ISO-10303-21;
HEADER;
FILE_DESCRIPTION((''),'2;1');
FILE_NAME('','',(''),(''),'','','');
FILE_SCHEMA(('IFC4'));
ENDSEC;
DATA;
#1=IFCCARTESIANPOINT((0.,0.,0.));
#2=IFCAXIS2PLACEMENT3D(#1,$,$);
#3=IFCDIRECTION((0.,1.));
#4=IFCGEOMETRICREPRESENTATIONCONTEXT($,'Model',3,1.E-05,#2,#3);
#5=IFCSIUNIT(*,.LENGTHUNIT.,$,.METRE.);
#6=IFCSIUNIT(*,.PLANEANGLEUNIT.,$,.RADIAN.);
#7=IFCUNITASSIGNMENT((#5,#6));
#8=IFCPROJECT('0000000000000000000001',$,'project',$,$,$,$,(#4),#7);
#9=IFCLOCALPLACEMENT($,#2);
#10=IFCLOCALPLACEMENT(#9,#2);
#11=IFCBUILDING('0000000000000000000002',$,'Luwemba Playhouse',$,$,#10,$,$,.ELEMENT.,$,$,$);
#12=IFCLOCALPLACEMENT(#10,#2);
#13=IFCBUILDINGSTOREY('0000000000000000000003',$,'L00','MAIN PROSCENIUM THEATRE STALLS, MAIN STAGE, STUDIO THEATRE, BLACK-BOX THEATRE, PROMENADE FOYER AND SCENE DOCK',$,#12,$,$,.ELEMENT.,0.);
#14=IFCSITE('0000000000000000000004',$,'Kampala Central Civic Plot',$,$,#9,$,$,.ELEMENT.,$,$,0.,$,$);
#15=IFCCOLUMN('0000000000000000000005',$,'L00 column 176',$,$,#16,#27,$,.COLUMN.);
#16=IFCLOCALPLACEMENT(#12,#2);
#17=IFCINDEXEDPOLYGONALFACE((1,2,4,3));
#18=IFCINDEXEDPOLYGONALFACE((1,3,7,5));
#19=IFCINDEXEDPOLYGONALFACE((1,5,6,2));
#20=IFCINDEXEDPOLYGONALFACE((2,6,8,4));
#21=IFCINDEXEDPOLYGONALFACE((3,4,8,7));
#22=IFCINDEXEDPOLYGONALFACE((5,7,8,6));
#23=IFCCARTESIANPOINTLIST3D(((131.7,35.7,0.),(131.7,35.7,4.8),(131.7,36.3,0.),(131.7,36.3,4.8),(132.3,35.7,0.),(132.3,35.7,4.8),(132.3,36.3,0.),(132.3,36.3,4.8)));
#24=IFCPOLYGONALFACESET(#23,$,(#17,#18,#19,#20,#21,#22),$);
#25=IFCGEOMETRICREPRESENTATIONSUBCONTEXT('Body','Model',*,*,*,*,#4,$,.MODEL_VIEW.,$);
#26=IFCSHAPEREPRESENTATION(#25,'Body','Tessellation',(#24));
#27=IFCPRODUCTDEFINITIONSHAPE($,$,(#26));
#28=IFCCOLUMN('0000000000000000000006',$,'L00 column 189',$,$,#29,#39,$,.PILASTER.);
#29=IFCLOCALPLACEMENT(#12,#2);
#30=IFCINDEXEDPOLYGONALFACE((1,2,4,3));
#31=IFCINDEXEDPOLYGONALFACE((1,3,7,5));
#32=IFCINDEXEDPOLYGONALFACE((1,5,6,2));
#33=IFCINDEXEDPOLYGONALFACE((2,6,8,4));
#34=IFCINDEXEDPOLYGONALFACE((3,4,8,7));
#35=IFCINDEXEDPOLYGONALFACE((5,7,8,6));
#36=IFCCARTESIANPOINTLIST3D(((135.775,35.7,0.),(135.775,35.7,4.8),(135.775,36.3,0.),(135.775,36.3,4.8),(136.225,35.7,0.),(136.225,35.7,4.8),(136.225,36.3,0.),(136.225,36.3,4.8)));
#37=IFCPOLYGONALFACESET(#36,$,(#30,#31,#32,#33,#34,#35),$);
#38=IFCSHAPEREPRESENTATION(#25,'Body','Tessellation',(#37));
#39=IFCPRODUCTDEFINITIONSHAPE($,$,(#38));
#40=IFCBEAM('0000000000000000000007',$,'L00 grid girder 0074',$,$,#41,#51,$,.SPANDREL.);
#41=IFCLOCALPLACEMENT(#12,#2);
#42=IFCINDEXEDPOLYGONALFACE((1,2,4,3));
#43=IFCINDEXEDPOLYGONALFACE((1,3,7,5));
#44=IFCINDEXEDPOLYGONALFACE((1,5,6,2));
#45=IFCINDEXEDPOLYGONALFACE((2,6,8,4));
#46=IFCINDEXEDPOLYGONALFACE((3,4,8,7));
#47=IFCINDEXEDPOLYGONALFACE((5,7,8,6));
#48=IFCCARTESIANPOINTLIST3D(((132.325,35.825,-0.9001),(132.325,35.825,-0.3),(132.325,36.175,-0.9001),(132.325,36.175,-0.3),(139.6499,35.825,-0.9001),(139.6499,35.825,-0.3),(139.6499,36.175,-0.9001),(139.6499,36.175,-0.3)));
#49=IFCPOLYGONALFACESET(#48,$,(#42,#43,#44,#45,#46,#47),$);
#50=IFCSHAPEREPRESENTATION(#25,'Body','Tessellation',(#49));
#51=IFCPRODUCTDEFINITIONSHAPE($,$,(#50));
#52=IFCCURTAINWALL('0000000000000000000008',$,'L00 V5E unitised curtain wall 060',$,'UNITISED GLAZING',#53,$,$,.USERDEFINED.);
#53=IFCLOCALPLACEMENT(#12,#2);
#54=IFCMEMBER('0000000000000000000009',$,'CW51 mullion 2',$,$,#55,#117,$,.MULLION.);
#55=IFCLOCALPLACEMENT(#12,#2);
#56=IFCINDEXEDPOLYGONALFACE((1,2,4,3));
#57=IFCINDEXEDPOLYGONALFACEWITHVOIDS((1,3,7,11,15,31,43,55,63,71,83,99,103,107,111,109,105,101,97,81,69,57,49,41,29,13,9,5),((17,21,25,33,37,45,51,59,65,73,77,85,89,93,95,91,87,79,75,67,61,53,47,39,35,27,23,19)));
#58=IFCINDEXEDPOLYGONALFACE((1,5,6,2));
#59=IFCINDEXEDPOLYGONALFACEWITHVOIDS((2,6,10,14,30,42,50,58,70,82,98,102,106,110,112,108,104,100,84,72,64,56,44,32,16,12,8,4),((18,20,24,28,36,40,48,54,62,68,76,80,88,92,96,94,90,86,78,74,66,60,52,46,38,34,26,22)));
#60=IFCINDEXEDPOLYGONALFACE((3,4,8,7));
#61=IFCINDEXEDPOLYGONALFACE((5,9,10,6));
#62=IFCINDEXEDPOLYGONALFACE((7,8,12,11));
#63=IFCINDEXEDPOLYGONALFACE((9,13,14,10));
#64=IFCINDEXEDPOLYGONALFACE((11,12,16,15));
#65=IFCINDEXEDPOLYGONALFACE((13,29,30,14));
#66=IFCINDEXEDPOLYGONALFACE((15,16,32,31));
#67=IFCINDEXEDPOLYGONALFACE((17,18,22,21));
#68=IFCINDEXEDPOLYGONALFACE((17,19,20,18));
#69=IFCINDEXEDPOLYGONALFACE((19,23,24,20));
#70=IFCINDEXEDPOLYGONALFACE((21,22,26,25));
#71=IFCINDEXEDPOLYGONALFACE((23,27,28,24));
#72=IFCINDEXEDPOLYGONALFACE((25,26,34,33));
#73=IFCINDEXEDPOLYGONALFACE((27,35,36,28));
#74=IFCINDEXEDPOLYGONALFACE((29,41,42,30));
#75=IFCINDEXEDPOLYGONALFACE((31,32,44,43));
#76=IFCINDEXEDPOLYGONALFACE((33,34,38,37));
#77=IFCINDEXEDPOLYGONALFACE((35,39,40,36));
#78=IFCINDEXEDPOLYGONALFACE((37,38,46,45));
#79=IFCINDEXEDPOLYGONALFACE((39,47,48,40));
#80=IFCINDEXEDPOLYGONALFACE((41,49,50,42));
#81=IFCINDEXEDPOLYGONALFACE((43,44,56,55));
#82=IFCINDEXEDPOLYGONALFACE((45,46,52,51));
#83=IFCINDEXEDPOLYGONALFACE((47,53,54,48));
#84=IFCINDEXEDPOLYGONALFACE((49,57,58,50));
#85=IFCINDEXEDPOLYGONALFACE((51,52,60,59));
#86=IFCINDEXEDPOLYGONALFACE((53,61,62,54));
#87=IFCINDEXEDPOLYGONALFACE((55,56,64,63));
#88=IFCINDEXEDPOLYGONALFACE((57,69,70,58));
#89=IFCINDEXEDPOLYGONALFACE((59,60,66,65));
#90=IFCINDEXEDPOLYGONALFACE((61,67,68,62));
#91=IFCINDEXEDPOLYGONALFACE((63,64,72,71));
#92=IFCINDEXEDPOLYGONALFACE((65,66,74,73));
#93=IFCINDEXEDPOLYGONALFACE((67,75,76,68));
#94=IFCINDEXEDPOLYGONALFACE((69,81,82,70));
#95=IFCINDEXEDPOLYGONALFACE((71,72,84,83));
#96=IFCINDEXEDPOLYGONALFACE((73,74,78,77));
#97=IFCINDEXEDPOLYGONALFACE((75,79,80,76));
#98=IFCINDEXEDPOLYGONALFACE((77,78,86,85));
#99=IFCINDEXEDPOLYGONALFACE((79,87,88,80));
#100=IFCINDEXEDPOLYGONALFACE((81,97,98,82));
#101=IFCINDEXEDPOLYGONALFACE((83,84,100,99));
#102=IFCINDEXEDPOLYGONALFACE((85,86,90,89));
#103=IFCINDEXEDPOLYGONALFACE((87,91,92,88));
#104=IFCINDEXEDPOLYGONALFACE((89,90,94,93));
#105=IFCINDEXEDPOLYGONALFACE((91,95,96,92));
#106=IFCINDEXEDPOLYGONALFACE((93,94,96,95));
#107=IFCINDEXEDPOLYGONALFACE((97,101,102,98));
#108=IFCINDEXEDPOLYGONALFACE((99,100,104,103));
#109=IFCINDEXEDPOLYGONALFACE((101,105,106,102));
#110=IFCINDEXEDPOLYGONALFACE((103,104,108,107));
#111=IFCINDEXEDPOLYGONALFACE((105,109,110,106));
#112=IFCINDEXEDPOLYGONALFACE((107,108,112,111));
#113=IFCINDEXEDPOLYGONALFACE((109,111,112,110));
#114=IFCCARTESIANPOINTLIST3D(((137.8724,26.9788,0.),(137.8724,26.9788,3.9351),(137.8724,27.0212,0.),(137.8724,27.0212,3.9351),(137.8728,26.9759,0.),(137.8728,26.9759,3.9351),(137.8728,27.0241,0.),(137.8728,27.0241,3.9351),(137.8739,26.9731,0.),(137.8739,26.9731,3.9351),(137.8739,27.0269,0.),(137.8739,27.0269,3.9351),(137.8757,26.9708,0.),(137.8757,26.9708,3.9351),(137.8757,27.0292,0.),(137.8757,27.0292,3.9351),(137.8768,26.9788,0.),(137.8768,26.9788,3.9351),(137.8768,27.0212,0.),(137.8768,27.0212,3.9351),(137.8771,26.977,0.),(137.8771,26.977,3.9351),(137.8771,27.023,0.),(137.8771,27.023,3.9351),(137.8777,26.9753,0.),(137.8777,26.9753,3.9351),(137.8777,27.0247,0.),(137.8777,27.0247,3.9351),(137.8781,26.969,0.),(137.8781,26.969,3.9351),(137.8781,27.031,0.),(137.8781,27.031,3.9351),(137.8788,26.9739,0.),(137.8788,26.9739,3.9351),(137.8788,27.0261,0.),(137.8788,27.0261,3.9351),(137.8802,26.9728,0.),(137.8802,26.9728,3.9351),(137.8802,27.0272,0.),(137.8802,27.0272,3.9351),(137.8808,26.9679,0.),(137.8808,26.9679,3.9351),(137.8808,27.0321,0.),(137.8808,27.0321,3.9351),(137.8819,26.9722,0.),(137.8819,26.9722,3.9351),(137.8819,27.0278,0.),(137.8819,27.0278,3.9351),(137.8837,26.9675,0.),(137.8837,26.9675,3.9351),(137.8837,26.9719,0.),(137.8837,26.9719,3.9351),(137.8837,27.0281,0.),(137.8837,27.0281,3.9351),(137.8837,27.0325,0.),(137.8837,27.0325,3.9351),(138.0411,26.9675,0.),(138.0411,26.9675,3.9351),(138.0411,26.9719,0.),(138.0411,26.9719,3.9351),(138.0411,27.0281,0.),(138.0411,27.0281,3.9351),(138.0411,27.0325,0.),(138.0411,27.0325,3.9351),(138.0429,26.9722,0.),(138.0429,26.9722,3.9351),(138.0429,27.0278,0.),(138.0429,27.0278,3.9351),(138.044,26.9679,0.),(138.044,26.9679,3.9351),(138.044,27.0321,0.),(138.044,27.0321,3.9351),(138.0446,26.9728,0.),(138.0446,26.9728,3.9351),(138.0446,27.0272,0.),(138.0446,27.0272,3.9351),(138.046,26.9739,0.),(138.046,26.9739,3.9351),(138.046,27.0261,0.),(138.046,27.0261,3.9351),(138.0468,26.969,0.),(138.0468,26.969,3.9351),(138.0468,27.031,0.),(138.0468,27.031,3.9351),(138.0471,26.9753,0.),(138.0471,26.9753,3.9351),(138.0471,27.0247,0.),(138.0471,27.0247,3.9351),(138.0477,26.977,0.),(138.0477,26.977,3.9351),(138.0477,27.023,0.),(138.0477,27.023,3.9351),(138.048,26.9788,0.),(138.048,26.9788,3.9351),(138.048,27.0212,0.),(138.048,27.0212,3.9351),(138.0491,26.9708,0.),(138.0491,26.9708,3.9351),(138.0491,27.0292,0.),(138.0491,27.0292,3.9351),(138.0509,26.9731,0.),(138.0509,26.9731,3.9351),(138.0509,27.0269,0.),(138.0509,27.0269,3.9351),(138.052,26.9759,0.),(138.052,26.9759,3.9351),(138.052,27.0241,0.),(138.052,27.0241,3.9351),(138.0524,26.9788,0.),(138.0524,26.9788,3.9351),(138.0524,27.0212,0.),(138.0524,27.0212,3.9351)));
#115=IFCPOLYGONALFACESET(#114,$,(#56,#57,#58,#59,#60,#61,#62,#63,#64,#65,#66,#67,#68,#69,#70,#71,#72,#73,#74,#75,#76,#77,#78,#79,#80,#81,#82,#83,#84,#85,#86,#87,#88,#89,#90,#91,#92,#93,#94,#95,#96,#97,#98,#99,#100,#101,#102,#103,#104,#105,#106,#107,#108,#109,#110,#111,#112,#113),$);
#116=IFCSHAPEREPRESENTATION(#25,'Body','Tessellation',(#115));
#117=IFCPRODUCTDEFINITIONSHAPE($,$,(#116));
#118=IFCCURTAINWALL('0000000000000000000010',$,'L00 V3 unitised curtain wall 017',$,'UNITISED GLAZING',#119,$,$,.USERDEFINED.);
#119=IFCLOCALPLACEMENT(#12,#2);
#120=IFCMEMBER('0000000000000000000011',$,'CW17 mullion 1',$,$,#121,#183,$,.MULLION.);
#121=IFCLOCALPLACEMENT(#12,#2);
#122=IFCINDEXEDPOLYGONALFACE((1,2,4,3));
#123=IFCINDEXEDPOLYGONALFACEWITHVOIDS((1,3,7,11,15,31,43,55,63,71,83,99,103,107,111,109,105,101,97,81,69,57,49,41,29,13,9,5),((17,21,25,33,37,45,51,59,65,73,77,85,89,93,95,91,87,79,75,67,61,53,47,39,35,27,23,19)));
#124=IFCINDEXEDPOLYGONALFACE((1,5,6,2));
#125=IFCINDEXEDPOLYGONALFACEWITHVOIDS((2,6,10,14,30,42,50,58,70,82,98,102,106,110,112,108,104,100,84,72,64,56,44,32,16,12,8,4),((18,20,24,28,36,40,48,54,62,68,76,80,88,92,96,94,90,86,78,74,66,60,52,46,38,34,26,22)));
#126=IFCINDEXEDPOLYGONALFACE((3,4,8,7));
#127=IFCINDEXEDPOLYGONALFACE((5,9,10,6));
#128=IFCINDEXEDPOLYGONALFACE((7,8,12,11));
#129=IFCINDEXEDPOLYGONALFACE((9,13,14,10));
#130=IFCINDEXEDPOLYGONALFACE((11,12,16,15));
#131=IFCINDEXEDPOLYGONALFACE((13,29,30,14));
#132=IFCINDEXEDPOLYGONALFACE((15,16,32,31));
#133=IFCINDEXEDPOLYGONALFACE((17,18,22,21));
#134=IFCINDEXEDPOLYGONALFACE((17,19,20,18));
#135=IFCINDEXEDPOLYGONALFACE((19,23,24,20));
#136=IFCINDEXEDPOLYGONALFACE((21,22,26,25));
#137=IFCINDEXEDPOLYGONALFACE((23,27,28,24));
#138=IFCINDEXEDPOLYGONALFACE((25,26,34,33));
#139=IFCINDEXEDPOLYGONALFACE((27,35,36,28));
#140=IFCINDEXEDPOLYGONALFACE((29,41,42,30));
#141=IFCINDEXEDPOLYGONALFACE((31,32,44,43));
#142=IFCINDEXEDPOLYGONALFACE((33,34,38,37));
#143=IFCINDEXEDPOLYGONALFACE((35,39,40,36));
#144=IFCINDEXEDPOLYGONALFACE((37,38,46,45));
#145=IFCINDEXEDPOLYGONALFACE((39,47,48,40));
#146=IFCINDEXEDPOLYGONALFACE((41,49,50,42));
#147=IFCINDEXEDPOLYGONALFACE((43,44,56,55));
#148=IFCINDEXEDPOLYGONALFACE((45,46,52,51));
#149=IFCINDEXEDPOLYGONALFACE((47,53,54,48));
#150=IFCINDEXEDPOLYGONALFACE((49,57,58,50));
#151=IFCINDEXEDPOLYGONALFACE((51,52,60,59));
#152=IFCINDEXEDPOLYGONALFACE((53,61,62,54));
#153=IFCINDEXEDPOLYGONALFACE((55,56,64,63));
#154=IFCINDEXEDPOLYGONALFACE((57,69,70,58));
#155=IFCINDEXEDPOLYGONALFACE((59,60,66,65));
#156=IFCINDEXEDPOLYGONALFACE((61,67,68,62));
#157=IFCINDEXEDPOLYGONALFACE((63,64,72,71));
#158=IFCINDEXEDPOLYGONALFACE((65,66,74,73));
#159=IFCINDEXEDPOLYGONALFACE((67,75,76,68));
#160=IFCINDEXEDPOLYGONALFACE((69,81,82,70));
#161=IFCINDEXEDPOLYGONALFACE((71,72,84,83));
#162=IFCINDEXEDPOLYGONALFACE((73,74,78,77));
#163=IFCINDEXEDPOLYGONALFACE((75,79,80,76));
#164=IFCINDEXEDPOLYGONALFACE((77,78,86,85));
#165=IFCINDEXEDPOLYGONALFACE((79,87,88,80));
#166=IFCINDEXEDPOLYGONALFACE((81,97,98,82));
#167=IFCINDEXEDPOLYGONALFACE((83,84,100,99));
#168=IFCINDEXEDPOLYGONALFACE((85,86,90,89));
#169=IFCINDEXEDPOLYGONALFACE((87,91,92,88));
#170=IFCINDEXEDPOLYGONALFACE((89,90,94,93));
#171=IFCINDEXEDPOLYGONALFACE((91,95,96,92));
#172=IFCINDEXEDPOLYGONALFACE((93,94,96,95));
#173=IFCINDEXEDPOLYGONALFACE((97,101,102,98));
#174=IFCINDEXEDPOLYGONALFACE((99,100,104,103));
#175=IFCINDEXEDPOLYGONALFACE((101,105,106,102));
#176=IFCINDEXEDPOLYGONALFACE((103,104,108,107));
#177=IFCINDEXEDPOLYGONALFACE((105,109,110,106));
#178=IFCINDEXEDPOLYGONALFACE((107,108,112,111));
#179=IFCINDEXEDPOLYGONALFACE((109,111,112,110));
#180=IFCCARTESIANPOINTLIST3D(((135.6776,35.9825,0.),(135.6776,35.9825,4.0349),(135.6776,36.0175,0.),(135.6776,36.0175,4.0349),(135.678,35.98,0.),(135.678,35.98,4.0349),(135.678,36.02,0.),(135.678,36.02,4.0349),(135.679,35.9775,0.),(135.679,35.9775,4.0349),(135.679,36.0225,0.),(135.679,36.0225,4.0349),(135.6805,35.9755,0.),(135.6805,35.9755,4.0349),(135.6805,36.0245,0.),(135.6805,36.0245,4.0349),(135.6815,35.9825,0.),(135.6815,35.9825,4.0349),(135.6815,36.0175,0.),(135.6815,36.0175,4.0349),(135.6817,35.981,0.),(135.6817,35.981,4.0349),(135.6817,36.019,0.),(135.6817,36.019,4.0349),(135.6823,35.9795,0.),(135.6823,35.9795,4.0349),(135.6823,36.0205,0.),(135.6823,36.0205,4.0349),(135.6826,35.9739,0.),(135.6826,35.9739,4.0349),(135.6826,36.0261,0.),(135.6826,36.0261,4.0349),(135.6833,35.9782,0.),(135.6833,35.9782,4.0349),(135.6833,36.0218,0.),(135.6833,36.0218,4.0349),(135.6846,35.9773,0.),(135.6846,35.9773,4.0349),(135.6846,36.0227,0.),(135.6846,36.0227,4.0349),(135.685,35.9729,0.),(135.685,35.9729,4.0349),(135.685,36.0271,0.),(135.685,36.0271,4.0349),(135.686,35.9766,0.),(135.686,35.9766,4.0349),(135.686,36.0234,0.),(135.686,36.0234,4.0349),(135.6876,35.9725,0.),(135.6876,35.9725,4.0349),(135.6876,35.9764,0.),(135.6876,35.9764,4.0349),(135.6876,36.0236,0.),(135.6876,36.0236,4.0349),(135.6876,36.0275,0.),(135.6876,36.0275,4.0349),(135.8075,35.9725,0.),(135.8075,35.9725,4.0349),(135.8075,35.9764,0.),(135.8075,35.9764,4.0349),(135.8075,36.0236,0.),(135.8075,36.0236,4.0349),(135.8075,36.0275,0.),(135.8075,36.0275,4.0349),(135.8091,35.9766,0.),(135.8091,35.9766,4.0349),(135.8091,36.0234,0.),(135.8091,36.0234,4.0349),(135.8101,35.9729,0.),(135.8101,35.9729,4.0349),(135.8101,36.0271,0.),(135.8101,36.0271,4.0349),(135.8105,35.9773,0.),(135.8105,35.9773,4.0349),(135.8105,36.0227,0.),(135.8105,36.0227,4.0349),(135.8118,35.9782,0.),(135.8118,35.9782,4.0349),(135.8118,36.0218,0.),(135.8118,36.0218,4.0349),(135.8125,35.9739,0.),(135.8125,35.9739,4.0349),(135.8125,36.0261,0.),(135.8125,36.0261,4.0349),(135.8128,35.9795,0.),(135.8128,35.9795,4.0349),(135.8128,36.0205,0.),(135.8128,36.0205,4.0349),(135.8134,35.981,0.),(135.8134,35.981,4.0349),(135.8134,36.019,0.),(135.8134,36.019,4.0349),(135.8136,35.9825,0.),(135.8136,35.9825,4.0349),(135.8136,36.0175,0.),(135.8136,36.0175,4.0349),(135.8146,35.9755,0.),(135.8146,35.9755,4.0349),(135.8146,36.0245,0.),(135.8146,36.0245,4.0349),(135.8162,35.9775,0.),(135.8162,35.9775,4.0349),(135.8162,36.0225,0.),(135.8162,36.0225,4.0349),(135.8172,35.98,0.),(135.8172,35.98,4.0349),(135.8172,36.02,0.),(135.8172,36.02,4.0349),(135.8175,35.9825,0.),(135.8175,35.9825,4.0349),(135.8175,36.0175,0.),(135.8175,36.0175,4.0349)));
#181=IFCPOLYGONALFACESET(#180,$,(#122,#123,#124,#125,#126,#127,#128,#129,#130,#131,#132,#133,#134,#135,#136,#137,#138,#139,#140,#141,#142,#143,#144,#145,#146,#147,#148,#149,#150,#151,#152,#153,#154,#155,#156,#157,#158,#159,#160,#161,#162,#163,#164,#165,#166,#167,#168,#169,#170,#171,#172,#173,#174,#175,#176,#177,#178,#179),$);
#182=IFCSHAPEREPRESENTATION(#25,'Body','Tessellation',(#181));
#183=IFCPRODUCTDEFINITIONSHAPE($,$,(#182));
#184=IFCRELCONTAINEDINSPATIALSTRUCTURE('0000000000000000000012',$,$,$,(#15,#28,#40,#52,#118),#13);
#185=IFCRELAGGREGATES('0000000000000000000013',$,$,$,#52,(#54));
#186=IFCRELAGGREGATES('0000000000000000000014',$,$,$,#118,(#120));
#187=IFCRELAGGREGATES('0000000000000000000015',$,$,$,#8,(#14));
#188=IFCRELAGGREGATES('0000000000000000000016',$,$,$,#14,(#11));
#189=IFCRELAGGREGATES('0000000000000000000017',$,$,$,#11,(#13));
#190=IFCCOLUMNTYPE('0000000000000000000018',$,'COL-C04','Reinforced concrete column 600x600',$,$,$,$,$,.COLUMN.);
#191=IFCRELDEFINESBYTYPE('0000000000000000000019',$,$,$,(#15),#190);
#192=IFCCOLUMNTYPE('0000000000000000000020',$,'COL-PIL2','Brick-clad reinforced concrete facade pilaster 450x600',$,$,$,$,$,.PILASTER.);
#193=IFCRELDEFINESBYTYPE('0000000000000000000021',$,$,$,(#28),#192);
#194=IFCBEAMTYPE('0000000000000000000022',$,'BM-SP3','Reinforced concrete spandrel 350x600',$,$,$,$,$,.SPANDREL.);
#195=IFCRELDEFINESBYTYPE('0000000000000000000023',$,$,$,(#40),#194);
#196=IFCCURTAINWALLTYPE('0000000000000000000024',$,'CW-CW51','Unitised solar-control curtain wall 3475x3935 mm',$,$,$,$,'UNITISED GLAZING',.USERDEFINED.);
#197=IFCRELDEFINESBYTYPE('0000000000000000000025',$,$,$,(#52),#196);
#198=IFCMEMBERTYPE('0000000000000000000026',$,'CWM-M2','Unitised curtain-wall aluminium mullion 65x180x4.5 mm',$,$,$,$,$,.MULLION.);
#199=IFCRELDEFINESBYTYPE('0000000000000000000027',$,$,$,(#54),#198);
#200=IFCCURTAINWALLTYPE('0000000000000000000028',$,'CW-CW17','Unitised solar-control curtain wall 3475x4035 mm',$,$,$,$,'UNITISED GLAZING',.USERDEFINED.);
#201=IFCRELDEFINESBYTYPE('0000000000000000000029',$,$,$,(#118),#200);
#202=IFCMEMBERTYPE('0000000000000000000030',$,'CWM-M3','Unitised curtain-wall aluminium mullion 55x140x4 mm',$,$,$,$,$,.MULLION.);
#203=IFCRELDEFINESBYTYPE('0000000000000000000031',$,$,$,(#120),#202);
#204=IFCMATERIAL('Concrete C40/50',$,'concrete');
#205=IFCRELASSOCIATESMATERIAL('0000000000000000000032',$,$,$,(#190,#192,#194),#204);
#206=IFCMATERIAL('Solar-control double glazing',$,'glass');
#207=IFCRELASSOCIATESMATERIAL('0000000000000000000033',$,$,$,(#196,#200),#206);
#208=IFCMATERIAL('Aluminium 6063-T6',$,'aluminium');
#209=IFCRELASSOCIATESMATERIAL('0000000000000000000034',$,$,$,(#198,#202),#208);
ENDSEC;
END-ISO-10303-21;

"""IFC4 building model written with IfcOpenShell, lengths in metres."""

from ifc_helpers import new_model, si_unit, direction, frame, origin, origin_2d, place, context, subcontext, project, spatial, rectangle, hollow_rectangle, extrude, material, material_profile, profile_set, type_object, element, aggregate, save


model = new_model("IFC4")

# Units and contexts
model_context = context("Model", 3, precision=1e-05, world=origin(), true_north=direction((0.0, 1.0)))
body_context = subcontext(model_context, "Body", "Model", "MODEL_VIEW")
ifc_project = project(units=[si_unit("LENGTHUNIT", "METRE"), si_unit("PLANEANGLEUNIT", "RADIAN")], contexts=[model_context])

# Site, building, storey
site_placement = place(None, origin())
site = spatial("IfcSite", under=ifc_project, at=site_placement, Name="Kampala Central Civic Plot", CompositionType="ELEMENT", RefElevation=0.0)
building_placement = place(site_placement, origin())
building = spatial("IfcBuilding", under=site, at=building_placement, Name="Luwemba Playhouse", CompositionType="ELEMENT")
storey_placement = place(building_placement, origin())
storey = spatial("IfcBuildingStorey", under=building, at=storey_placement, Name="L00", Description="MAIN PROSCENIUM THEATRE STALLS, MAIN STAGE, STUDIO THEATRE, BLACK-BOX THEATRE, PROMENADE FOYER AND SCENE DOCK", CompositionType="ELEMENT", Elevation=0.0)

# Columns
ifc_material_1 = material(Name="Concrete C40/50", Category="concrete")
ifc_material_profile_1 = material_profile(ifc_material_1, rectangle(XDim=0.6001, YDim=0.6001, at=origin_2d()))
ifc_profile_set_1 = profile_set([ifc_material_profile_1], Name="Concrete C40/50")
column_type_1 = type_object("IfcColumnType", Name="COL-C04", Description="Reinforced concrete column 600x600", PredefinedType="COLUMN", material=ifc_profile_set_1)
column_1_placement = place(storey_placement, frame((132.0, 36.0, 0.0), z_axis=(0.0, 0.0, 1.0), x_axis=(1.0, 0.0, 0.0)))
element("IfcColumn", 1, at=column_1_placement, inside=storey, type_object=column_type_1, Name="L00 column 176", PredefinedType="COLUMN", context=body_context, shape_type="SweptSolid", body=[
    extrude(rectangle(XDim=0.6001, YDim=0.6001, at=origin_2d()), origin(), (0.0, 0.0, 1.0), 4.8),
])
ifc_material_profile_2 = material_profile(ifc_material_1, rectangle(XDim=0.45, YDim=0.6001, at=origin_2d()))
ifc_profile_set_2 = profile_set([ifc_material_profile_2], Name="Concrete C40/50")
column_type_2 = type_object("IfcColumnType", Name="COL-PIL2", Description="Brick-clad reinforced concrete facade pilaster 450x600", PredefinedType="PILASTER", material=ifc_profile_set_2)
column_2_placement = place(storey_placement, frame((136.0, 36.0, 0.0), z_axis=(0.0, 0.0, 1.0), x_axis=(1.0, 0.0, 0.0)))
element("IfcColumn", 2, at=column_2_placement, inside=storey, type_object=column_type_2, Name="L00 column 189", PredefinedType="PILASTER", context=body_context, shape_type="SweptSolid", body=[
    extrude(rectangle(XDim=0.45, YDim=0.6001, at=origin_2d()), origin(), (0.0, 0.0, 1.0), 4.8),
])

# Beam
ifc_material_profile_3 = material_profile(ifc_material_1, rectangle(XDim=0.3501, YDim=0.6001, at=origin_2d()))
ifc_profile_set_3 = profile_set([ifc_material_profile_3], Name="Concrete C40/50")
beam_type = type_object("IfcBeamType", Name="BM-SP3", Description="Reinforced concrete spandrel 350x600", PredefinedType="SPANDREL", material=ifc_profile_set_3)
beam_placement = place(storey_placement, frame((132.325, 36.0, -0.6001), z_axis=(1.0, 0.0, 0.0), x_axis=(0.0, 1.0, 0.0)))
element("IfcBeam", 3, at=beam_placement, inside=storey, type_object=beam_type, Name="L00 grid girder 0074", PredefinedType="SPANDREL", context=body_context, shape_type="SweptSolid", body=[
    extrude(rectangle(XDim=0.3501, YDim=0.6001, at=origin_2d()), origin(), (0.0, 0.0, 1.0), 7.325),
])

# Curtain wall, member
ifc_material_2 = material(Name="Solar-control double glazing", Category="glass")
curtain_wall_type_1 = type_object("IfcCurtainWallType", Name="CW-CW51", Description="Unitised solar-control curtain wall 3475x3935 mm", ElementType="UNITISED GLAZING", PredefinedType="USERDEFINED", material=ifc_material_2)
curtain_wall_1_placement = place(storey_placement, origin())
curtain_wall_1 = element("IfcCurtainWall", 4, at=curtain_wall_1_placement, inside=storey, type_object=curtain_wall_type_1, Name="L00 V5E unitised curtain wall 060", ObjectType="UNITISED GLAZING", PredefinedType="USERDEFINED")
ifc_material_3 = material(Name="Aluminium 6063-T6", Category="aluminium")
ifc_material_profile_4 = material_profile(ifc_material_3, hollow_rectangle(XDim=0.0649, YDim=0.1799, WallThickness=0.0044, InnerFilletRadius=0.0068, OuterFilletRadius=0.0112, at=origin_2d()))
ifc_profile_set_4 = profile_set([ifc_material_profile_4], Name="Aluminium 6063-T6")
member_type_1 = type_object("IfcMemberType", Name="CWM-M2", Description="Unitised curtain-wall aluminium mullion 65x180x4.5 mm", PredefinedType="MULLION", material=ifc_profile_set_4)
member_1_placement = place(storey_placement, frame((137.9624, 27.0, 0.0), z_axis=(0.0, 0.0, 1.0), x_axis=(0.0, 1.0, 0.0)))
member_1 = element("IfcMember", 5, at=member_1_placement, type_object=member_type_1, Name="CW51 mullion 2", PredefinedType="MULLION", context=body_context, shape_type="SweptSolid", body=[
    extrude(hollow_rectangle(XDim=0.0649, YDim=0.1799, WallThickness=0.0044, InnerFilletRadius=0.0068, OuterFilletRadius=0.0112, at=origin_2d()), origin(), (0.0, 0.0, 1.0), 3.9351),
])

# Curtain wall, member
curtain_wall_type_2 = type_object("IfcCurtainWallType", Name="CW-CW17", Description="Unitised solar-control curtain wall 3475x4035 mm", ElementType="UNITISED GLAZING", PredefinedType="USERDEFINED", material=ifc_material_2)
curtain_wall_2_placement = place(storey_placement, origin())
curtain_wall_2 = element("IfcCurtainWall", 6, at=curtain_wall_2_placement, inside=storey, type_object=curtain_wall_type_2, Name="L00 V3 unitised curtain wall 017", ObjectType="UNITISED GLAZING", PredefinedType="USERDEFINED")
ifc_material_profile_5 = material_profile(ifc_material_3, hollow_rectangle(XDim=0.0549, YDim=0.1399, WallThickness=0.0039, InnerFilletRadius=0.0061, OuterFilletRadius=0.01, at=origin_2d()))
ifc_profile_set_5 = profile_set([ifc_material_profile_5], Name="Aluminium 6063-T6")
member_type_2 = type_object("IfcMemberType", Name="CWM-M3", Description="Unitised curtain-wall aluminium mullion 55x140x4 mm", PredefinedType="MULLION", material=ifc_profile_set_5)
member_2_placement = place(storey_placement, frame((135.7476, 36.0, 0.0), z_axis=(0.0, 0.0, 1.0), x_axis=(0.0, -1.0, 0.0)))
member_2 = element("IfcMember", 7, at=member_2_placement, type_object=member_type_2, Name="CW17 mullion 1", PredefinedType="MULLION", context=body_context, shape_type="SweptSolid", body=[
    extrude(hollow_rectangle(XDim=0.0549, YDim=0.1399, WallThickness=0.0039, InnerFilletRadius=0.0061, OuterFilletRadius=0.01, at=origin_2d()), origin(), (0.0, 0.0, 1.0), 4.0349),
])

aggregate(curtain_wall_1, [member_1])
aggregate(curtain_wall_2, [member_2])

save(model, "model.ifc")
